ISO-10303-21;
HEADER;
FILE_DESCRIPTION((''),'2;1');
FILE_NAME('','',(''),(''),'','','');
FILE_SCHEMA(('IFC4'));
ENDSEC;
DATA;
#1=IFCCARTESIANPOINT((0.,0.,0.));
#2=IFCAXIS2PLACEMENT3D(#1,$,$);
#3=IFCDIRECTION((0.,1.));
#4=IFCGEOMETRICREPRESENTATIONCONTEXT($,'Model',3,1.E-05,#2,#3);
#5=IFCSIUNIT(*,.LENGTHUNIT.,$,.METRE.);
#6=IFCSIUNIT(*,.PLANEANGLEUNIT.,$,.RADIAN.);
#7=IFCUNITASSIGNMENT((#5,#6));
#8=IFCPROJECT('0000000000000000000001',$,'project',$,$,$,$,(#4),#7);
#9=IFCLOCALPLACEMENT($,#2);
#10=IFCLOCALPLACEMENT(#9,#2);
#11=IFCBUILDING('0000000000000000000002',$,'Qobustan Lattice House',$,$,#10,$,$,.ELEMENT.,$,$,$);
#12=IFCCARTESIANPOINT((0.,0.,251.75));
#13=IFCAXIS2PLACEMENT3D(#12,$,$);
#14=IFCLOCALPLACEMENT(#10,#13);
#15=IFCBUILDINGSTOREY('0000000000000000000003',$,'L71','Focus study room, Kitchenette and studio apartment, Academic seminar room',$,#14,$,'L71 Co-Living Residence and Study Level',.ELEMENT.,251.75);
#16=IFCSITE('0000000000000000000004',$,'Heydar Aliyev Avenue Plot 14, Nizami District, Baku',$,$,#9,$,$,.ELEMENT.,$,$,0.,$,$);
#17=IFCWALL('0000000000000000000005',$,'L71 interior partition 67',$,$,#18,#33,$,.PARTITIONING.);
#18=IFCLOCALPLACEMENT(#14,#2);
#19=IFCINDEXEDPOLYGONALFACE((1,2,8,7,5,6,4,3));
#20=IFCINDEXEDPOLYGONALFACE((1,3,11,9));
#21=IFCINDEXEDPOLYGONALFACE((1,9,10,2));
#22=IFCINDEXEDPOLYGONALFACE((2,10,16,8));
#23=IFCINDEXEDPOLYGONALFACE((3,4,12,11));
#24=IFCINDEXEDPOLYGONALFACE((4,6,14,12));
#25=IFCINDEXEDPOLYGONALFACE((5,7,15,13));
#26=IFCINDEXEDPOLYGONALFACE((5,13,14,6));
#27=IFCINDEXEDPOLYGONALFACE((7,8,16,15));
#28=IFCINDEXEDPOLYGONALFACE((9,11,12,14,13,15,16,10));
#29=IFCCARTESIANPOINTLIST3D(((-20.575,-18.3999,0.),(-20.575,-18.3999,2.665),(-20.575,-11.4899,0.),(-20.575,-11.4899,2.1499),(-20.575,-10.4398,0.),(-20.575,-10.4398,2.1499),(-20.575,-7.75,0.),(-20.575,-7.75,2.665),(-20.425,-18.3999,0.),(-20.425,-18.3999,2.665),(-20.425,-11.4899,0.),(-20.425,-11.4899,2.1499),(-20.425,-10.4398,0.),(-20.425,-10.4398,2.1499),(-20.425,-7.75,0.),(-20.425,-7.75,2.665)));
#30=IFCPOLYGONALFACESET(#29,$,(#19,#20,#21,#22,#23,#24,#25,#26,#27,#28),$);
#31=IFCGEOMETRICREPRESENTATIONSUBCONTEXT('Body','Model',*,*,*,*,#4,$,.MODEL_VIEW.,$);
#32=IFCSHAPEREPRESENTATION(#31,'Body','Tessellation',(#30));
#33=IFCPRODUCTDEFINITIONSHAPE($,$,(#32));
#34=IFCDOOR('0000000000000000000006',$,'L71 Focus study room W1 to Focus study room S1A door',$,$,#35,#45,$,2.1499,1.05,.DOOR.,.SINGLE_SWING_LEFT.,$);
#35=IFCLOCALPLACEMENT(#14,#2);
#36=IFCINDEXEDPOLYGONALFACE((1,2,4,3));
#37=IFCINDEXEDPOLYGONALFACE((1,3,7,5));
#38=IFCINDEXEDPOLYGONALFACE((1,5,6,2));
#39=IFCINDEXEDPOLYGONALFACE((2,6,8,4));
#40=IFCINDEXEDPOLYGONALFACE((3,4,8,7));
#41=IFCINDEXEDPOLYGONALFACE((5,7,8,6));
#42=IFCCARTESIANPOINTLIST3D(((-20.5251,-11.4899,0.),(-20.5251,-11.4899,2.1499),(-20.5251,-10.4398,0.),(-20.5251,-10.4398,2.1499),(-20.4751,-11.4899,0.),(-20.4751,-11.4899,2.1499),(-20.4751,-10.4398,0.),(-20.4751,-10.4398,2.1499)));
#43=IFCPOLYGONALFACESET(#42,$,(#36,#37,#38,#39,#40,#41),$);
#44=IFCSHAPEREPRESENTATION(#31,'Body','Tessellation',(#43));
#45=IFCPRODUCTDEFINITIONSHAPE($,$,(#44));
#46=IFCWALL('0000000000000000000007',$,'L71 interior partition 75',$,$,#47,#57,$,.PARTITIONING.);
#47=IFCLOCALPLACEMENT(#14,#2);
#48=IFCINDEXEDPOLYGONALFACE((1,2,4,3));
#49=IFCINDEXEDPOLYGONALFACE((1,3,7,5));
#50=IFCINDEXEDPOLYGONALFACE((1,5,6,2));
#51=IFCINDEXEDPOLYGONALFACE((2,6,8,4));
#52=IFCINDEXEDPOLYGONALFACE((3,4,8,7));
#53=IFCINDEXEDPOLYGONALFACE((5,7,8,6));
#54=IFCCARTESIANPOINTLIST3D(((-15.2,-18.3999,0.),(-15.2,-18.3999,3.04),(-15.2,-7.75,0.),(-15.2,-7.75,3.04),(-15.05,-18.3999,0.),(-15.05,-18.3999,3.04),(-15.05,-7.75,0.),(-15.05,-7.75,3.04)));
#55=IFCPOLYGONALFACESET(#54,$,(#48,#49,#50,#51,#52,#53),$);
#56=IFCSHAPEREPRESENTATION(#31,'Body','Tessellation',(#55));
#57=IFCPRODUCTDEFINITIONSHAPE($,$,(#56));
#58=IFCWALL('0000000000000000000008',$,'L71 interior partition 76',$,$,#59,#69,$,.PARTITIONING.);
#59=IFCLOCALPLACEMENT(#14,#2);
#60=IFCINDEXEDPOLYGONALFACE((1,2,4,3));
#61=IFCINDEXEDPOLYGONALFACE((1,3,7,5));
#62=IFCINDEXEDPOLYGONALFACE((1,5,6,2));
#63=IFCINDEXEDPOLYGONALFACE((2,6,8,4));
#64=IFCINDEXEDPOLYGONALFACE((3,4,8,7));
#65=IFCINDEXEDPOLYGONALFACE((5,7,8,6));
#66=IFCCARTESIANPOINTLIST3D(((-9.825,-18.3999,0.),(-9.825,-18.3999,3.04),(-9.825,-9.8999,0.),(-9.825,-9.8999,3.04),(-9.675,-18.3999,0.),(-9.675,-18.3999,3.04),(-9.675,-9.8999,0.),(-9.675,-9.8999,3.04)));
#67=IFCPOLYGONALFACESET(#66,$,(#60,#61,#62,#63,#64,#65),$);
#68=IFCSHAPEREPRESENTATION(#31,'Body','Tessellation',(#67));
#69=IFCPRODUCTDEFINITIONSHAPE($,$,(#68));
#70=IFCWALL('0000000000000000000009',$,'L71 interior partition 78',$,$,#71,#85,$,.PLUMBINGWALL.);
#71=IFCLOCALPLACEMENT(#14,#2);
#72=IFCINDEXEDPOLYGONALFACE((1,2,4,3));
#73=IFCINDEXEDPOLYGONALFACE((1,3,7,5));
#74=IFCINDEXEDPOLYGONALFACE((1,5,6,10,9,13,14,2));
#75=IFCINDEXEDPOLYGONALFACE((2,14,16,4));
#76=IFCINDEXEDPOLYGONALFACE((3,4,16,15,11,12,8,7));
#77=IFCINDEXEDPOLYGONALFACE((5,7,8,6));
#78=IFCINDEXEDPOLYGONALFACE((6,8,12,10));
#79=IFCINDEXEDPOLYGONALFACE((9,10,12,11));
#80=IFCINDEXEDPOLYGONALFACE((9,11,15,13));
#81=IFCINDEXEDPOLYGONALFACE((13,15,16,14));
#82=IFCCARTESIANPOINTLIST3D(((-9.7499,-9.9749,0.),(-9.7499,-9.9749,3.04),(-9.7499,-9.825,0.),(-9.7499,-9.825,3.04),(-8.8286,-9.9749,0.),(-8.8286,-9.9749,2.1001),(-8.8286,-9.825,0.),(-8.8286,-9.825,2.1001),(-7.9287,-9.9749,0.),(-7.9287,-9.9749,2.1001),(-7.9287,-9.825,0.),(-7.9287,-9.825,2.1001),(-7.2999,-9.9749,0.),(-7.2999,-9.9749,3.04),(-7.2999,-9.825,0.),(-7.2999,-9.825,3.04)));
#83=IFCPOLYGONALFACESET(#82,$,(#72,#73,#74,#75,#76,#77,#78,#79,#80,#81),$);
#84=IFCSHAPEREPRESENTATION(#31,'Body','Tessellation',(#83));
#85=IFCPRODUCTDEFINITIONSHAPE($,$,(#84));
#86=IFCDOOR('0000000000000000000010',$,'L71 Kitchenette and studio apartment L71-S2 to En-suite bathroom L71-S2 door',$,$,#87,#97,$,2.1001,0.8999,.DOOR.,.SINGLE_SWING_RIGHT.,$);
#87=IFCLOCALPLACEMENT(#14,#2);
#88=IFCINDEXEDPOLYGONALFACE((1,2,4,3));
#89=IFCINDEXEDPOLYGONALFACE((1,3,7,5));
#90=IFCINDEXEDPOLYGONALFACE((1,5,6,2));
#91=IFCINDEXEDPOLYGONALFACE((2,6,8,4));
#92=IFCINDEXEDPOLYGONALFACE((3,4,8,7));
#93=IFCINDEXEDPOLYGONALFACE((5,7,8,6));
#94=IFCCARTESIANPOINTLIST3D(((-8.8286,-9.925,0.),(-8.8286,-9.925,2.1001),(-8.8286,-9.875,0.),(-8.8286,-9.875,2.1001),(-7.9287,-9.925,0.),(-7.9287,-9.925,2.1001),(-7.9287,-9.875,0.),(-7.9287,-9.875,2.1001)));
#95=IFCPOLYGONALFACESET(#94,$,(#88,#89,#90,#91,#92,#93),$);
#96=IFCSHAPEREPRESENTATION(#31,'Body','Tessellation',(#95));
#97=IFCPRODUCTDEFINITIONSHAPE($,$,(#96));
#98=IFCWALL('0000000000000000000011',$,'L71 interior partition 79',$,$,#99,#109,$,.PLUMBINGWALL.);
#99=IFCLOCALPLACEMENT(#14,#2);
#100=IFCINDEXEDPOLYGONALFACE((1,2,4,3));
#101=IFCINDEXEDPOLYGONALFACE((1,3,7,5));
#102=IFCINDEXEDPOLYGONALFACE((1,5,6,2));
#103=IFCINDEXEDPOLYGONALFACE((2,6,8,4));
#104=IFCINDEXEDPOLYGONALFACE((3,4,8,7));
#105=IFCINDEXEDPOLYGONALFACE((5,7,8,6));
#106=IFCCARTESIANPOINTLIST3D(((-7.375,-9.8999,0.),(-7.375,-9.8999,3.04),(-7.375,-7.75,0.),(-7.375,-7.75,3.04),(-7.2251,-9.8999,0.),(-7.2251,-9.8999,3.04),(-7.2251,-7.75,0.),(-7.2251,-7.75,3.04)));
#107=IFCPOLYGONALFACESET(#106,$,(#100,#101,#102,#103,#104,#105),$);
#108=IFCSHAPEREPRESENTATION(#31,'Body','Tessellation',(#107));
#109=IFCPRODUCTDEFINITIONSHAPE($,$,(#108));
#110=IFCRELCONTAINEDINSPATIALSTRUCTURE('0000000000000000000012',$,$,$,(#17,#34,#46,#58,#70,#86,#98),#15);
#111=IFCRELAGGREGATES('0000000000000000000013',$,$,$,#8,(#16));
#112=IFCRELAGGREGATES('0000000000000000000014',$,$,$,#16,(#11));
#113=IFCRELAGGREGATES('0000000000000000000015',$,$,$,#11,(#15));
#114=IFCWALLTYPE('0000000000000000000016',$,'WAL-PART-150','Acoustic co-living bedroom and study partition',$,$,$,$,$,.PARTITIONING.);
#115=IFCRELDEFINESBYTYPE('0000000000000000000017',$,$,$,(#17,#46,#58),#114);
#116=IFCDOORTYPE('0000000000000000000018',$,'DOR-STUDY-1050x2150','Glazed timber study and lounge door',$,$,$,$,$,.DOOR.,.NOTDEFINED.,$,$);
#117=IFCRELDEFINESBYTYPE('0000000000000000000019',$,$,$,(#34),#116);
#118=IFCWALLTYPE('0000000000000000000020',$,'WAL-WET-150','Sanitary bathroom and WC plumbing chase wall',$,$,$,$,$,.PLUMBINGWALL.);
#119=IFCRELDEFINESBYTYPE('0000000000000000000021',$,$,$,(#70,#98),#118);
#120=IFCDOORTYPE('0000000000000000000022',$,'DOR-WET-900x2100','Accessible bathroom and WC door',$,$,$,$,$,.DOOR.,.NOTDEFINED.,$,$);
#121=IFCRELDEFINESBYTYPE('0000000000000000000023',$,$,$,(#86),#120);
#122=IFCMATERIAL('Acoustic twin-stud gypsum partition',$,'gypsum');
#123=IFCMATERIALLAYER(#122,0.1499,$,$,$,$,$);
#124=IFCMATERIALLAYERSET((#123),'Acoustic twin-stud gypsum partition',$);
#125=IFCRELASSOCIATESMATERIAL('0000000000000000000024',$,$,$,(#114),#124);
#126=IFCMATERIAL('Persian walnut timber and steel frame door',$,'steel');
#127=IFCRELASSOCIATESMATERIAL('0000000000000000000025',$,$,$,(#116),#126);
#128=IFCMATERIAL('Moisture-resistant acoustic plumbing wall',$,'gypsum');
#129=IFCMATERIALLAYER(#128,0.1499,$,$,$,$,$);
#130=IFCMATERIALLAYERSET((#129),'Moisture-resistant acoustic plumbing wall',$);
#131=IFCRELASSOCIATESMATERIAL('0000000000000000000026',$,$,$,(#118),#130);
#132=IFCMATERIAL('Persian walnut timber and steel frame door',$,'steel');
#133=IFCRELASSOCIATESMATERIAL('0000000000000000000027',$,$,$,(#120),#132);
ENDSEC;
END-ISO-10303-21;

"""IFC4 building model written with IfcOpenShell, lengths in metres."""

from ifc_helpers import new_model, si_unit, direction, frame, frame_2d, origin, place, context, subcontext, project, spatial, rectangle, extrude, material, layer, layer_set, type_object, element, fill, save


model = new_model("IFC4")

# Units and contexts
model_context = context("Model", 3, precision=1e-05, world=origin(), true_north=direction((0.0, 1.0)))
body_context = subcontext(model_context, "Body", "Model", "MODEL_VIEW")
ifc_project = project(units=[si_unit("LENGTHUNIT", "METRE"), si_unit("PLANEANGLEUNIT", "RADIAN")], contexts=[model_context])

# Site, building, storey
site_placement = place(None, origin())
site = spatial("IfcSite", under=ifc_project, at=site_placement, Name="Heydar Aliyev Avenue Plot 14, Nizami District, Baku", CompositionType="ELEMENT", RefElevation=0.0)
building_placement = place(site_placement, origin())
building = spatial("IfcBuilding", under=site, at=building_placement, Name="Qobustan Lattice House", CompositionType="ELEMENT")
storey_placement = place(building_placement, frame((0.0, 0.0, 251.75)))
storey = spatial("IfcBuildingStorey", under=building, at=storey_placement, Name="L71", Description="Focus study room, Kitchenette and studio apartment, Academic seminar room", LongName="L71 Co-Living Residence and Study Level", CompositionType="ELEMENT", Elevation=251.75)

# Shared definitions
ifc_material_1 = material(Name="Acoustic twin-stud gypsum partition", Category="gypsum")
ifc_layer_1 = layer(ifc_material_1, 0.1499)
ifc_layer_set_1 = layer_set([ifc_layer_1], Name="Acoustic twin-stud gypsum partition")
wall_type_1 = type_object("IfcWallType", Name="WAL-PART-150", Description="Acoustic co-living bedroom and study partition", PredefinedType="PARTITIONING", material=ifc_layer_set_1)

# Wall, opening, door
ifc_material_2 = material(Name="Persian walnut timber and steel frame door", Category="steel")
door_type_1 = type_object("IfcDoorType", Name="DOR-STUDY-1050x2150", Description="Glazed timber study and lounge door", OperationType="NOTDEFINED", PredefinedType="DOOR", material=ifc_material_2)
wall_1_placement = place(storey_placement, frame((-20.5, -7.75, 0.0), z_axis=(0.0, 0.0, 1.0), x_axis=(0.0, -1.0, 0.0)))
wall_1 = element("IfcWall", 1, at=wall_1_placement, inside=storey, type_object=wall_type_1, Name="L71 interior partition 67", PredefinedType="PARTITIONING", context=body_context, shape_type="SweptSolid", body=[
    extrude(rectangle(XDim=10.6499, YDim=0.1499, at=frame_2d((5.325, 0.0))), origin(), (0.0, 0.0, 1.0), 2.665),
])
opening_1_placement = place(wall_1_placement, frame((2.6899, 0.0, 0.0)))
opening_1 = element("IfcOpeningElement", 2, at=opening_1_placement, cuts=wall_1, PredefinedType="OPENING", context=body_context, shape_type="SweptSolid", body=[
    extrude(rectangle(XDim=1.05, YDim=2.1499, at=frame_2d((0.5249, 1.075))), frame((0.0, 0.085, 0.0), z_axis=(0.0, -1.0, 0.0), x_axis=(1.0, 0.0, 0.0)), (0.0, 0.0, 1.0), 0.1699),
])
door_1_placement = place(opening_1_placement, origin())
door_1 = element("IfcDoor", 3, at=door_1_placement, inside=storey, type_object=door_type_1, Name="L71 Focus study room W1 to Focus study room S1A door", OperationType="SINGLE_SWING_LEFT", OverallHeight=2.1499, OverallWidth=1.05, PredefinedType="DOOR", context=body_context, shape_type="SweptSolid", body=[
    extrude(rectangle(XDim=1.05, YDim=2.1499, at=frame_2d((0.5249, 1.075))), frame((0.0, 0.0249, 0.0), z_axis=(0.0, -1.0, 0.0), x_axis=(1.0, 0.0, 0.0)), (0.0, 0.0, 1.0), 0.05),
])
fill(opening_1, door_1)

# Walls
wall_2_placement = place(storey_placement, frame((-15.125, -7.75, 0.0), z_axis=(0.0, 0.0, 1.0), x_axis=(0.0, -1.0, 0.0)))
element("IfcWall", 4, at=wall_2_placement, inside=storey, type_object=wall_type_1, Name="L71 interior partition 75", PredefinedType="PARTITIONING", context=body_context, shape_type="SweptSolid", body=[
    extrude(rectangle(XDim=10.6499, YDim=0.1499, at=frame_2d((5.325, 0.0))), origin(), (0.0, 0.0, 1.0), 3.04),
])
wall_3_placement = place(storey_placement, frame((-9.75, -9.8999, 0.0), z_axis=(0.0, 0.0, 1.0), x_axis=(0.0, -1.0, 0.0)))
element("IfcWall", 5, at=wall_3_placement, inside=storey, type_object=wall_type_1, Name="L71 interior partition 76", PredefinedType="PARTITIONING", context=body_context, shape_type="SweptSolid", body=[
    extrude(rectangle(XDim=8.5, YDim=0.1499, at=frame_2d((4.25, 0.0))), origin(), (0.0, 0.0, 1.0), 3.04),
])

# Wall, opening, door
ifc_material_3 = material(Name="Moisture-resistant acoustic plumbing wall", Category="gypsum")
ifc_layer_2 = layer(ifc_material_3, 0.1499)
ifc_layer_set_2 = layer_set([ifc_layer_2], Name="Moisture-resistant acoustic plumbing wall")
wall_type_2 = type_object("IfcWallType", Name="WAL-WET-150", Description="Sanitary bathroom and WC plumbing chase wall", PredefinedType="PLUMBINGWALL", material=ifc_layer_set_2)
wall_4_placement = place(storey_placement, frame((-9.75, -9.8999, 0.0), z_axis=(0.0, 0.0, 1.0), x_axis=(1.0, 0.0, 0.0)))
wall_4 = element("IfcWall", 6, at=wall_4_placement, inside=storey, type_object=wall_type_2, Name="L71 interior partition 78", PredefinedType="PLUMBINGWALL", context=body_context, shape_type="SweptSolid", body=[
    extrude(rectangle(XDim=2.45, YDim=0.1499, at=frame_2d((1.2251, 0.0))), origin(), (0.0, 0.0, 1.0), 3.04),
])
opening_2_placement = place(wall_4_placement, frame((0.9214, 0.0, 0.0)))
opening_2 = element("IfcOpeningElement", 7, at=opening_2_placement, cuts=wall_4, PredefinedType="OPENING", context=body_context, shape_type="SweptSolid", body=[
    extrude(rectangle(XDim=0.8999, YDim=2.1001, at=frame_2d((0.45, 1.05))), frame((0.0, 0.085, 0.0), z_axis=(0.0, -1.0, 0.0), x_axis=(1.0, 0.0, 0.0)), (0.0, 0.0, 1.0), 0.1699),
])
ifc_material_4 = material(Name="Persian walnut timber and steel frame door", Category="steel")
door_type_2 = type_object("IfcDoorType", Name="DOR-WET-900x2100", Description="Accessible bathroom and WC door", OperationType="NOTDEFINED", PredefinedType="DOOR", material=ifc_material_4)
door_2_placement = place(opening_2_placement, origin())
door_2 = element("IfcDoor", 8, at=door_2_placement, inside=storey, type_object=door_type_2, Name="L71 Kitchenette and studio apartment L71-S2 to En-suite bathroom L71-S2 door", OperationType="SINGLE_SWING_RIGHT", OverallHeight=2.1001, OverallWidth=0.8999, PredefinedType="DOOR", context=body_context, shape_type="SweptSolid", body=[
    extrude(rectangle(XDim=0.8999, YDim=2.1001, at=frame_2d((0.45, 1.05))), frame((0.0, 0.0249, 0.0), z_axis=(0.0, -1.0, 0.0), x_axis=(1.0, 0.0, 0.0)), (0.0, 0.0, 1.0), 0.05),
])
fill(opening_2, door_2)

# Wall
wall_5_placement = place(storey_placement, frame((-7.3, -9.8999, 0.0), z_axis=(0.0, 0.0, 1.0), x_axis=(0.0, 1.0, 0.0)))
element("IfcWall", 9, at=wall_5_placement, inside=storey, type_object=wall_type_2, Name="L71 interior partition 79", PredefinedType="PLUMBINGWALL", context=body_context, shape_type="SweptSolid", body=[
    extrude(rectangle(XDim=2.1499, YDim=0.1499, at=frame_2d((1.075, 0.0))), origin(), (0.0, 0.0, 1.0), 3.04),
])

save(model, "model.ifc")
